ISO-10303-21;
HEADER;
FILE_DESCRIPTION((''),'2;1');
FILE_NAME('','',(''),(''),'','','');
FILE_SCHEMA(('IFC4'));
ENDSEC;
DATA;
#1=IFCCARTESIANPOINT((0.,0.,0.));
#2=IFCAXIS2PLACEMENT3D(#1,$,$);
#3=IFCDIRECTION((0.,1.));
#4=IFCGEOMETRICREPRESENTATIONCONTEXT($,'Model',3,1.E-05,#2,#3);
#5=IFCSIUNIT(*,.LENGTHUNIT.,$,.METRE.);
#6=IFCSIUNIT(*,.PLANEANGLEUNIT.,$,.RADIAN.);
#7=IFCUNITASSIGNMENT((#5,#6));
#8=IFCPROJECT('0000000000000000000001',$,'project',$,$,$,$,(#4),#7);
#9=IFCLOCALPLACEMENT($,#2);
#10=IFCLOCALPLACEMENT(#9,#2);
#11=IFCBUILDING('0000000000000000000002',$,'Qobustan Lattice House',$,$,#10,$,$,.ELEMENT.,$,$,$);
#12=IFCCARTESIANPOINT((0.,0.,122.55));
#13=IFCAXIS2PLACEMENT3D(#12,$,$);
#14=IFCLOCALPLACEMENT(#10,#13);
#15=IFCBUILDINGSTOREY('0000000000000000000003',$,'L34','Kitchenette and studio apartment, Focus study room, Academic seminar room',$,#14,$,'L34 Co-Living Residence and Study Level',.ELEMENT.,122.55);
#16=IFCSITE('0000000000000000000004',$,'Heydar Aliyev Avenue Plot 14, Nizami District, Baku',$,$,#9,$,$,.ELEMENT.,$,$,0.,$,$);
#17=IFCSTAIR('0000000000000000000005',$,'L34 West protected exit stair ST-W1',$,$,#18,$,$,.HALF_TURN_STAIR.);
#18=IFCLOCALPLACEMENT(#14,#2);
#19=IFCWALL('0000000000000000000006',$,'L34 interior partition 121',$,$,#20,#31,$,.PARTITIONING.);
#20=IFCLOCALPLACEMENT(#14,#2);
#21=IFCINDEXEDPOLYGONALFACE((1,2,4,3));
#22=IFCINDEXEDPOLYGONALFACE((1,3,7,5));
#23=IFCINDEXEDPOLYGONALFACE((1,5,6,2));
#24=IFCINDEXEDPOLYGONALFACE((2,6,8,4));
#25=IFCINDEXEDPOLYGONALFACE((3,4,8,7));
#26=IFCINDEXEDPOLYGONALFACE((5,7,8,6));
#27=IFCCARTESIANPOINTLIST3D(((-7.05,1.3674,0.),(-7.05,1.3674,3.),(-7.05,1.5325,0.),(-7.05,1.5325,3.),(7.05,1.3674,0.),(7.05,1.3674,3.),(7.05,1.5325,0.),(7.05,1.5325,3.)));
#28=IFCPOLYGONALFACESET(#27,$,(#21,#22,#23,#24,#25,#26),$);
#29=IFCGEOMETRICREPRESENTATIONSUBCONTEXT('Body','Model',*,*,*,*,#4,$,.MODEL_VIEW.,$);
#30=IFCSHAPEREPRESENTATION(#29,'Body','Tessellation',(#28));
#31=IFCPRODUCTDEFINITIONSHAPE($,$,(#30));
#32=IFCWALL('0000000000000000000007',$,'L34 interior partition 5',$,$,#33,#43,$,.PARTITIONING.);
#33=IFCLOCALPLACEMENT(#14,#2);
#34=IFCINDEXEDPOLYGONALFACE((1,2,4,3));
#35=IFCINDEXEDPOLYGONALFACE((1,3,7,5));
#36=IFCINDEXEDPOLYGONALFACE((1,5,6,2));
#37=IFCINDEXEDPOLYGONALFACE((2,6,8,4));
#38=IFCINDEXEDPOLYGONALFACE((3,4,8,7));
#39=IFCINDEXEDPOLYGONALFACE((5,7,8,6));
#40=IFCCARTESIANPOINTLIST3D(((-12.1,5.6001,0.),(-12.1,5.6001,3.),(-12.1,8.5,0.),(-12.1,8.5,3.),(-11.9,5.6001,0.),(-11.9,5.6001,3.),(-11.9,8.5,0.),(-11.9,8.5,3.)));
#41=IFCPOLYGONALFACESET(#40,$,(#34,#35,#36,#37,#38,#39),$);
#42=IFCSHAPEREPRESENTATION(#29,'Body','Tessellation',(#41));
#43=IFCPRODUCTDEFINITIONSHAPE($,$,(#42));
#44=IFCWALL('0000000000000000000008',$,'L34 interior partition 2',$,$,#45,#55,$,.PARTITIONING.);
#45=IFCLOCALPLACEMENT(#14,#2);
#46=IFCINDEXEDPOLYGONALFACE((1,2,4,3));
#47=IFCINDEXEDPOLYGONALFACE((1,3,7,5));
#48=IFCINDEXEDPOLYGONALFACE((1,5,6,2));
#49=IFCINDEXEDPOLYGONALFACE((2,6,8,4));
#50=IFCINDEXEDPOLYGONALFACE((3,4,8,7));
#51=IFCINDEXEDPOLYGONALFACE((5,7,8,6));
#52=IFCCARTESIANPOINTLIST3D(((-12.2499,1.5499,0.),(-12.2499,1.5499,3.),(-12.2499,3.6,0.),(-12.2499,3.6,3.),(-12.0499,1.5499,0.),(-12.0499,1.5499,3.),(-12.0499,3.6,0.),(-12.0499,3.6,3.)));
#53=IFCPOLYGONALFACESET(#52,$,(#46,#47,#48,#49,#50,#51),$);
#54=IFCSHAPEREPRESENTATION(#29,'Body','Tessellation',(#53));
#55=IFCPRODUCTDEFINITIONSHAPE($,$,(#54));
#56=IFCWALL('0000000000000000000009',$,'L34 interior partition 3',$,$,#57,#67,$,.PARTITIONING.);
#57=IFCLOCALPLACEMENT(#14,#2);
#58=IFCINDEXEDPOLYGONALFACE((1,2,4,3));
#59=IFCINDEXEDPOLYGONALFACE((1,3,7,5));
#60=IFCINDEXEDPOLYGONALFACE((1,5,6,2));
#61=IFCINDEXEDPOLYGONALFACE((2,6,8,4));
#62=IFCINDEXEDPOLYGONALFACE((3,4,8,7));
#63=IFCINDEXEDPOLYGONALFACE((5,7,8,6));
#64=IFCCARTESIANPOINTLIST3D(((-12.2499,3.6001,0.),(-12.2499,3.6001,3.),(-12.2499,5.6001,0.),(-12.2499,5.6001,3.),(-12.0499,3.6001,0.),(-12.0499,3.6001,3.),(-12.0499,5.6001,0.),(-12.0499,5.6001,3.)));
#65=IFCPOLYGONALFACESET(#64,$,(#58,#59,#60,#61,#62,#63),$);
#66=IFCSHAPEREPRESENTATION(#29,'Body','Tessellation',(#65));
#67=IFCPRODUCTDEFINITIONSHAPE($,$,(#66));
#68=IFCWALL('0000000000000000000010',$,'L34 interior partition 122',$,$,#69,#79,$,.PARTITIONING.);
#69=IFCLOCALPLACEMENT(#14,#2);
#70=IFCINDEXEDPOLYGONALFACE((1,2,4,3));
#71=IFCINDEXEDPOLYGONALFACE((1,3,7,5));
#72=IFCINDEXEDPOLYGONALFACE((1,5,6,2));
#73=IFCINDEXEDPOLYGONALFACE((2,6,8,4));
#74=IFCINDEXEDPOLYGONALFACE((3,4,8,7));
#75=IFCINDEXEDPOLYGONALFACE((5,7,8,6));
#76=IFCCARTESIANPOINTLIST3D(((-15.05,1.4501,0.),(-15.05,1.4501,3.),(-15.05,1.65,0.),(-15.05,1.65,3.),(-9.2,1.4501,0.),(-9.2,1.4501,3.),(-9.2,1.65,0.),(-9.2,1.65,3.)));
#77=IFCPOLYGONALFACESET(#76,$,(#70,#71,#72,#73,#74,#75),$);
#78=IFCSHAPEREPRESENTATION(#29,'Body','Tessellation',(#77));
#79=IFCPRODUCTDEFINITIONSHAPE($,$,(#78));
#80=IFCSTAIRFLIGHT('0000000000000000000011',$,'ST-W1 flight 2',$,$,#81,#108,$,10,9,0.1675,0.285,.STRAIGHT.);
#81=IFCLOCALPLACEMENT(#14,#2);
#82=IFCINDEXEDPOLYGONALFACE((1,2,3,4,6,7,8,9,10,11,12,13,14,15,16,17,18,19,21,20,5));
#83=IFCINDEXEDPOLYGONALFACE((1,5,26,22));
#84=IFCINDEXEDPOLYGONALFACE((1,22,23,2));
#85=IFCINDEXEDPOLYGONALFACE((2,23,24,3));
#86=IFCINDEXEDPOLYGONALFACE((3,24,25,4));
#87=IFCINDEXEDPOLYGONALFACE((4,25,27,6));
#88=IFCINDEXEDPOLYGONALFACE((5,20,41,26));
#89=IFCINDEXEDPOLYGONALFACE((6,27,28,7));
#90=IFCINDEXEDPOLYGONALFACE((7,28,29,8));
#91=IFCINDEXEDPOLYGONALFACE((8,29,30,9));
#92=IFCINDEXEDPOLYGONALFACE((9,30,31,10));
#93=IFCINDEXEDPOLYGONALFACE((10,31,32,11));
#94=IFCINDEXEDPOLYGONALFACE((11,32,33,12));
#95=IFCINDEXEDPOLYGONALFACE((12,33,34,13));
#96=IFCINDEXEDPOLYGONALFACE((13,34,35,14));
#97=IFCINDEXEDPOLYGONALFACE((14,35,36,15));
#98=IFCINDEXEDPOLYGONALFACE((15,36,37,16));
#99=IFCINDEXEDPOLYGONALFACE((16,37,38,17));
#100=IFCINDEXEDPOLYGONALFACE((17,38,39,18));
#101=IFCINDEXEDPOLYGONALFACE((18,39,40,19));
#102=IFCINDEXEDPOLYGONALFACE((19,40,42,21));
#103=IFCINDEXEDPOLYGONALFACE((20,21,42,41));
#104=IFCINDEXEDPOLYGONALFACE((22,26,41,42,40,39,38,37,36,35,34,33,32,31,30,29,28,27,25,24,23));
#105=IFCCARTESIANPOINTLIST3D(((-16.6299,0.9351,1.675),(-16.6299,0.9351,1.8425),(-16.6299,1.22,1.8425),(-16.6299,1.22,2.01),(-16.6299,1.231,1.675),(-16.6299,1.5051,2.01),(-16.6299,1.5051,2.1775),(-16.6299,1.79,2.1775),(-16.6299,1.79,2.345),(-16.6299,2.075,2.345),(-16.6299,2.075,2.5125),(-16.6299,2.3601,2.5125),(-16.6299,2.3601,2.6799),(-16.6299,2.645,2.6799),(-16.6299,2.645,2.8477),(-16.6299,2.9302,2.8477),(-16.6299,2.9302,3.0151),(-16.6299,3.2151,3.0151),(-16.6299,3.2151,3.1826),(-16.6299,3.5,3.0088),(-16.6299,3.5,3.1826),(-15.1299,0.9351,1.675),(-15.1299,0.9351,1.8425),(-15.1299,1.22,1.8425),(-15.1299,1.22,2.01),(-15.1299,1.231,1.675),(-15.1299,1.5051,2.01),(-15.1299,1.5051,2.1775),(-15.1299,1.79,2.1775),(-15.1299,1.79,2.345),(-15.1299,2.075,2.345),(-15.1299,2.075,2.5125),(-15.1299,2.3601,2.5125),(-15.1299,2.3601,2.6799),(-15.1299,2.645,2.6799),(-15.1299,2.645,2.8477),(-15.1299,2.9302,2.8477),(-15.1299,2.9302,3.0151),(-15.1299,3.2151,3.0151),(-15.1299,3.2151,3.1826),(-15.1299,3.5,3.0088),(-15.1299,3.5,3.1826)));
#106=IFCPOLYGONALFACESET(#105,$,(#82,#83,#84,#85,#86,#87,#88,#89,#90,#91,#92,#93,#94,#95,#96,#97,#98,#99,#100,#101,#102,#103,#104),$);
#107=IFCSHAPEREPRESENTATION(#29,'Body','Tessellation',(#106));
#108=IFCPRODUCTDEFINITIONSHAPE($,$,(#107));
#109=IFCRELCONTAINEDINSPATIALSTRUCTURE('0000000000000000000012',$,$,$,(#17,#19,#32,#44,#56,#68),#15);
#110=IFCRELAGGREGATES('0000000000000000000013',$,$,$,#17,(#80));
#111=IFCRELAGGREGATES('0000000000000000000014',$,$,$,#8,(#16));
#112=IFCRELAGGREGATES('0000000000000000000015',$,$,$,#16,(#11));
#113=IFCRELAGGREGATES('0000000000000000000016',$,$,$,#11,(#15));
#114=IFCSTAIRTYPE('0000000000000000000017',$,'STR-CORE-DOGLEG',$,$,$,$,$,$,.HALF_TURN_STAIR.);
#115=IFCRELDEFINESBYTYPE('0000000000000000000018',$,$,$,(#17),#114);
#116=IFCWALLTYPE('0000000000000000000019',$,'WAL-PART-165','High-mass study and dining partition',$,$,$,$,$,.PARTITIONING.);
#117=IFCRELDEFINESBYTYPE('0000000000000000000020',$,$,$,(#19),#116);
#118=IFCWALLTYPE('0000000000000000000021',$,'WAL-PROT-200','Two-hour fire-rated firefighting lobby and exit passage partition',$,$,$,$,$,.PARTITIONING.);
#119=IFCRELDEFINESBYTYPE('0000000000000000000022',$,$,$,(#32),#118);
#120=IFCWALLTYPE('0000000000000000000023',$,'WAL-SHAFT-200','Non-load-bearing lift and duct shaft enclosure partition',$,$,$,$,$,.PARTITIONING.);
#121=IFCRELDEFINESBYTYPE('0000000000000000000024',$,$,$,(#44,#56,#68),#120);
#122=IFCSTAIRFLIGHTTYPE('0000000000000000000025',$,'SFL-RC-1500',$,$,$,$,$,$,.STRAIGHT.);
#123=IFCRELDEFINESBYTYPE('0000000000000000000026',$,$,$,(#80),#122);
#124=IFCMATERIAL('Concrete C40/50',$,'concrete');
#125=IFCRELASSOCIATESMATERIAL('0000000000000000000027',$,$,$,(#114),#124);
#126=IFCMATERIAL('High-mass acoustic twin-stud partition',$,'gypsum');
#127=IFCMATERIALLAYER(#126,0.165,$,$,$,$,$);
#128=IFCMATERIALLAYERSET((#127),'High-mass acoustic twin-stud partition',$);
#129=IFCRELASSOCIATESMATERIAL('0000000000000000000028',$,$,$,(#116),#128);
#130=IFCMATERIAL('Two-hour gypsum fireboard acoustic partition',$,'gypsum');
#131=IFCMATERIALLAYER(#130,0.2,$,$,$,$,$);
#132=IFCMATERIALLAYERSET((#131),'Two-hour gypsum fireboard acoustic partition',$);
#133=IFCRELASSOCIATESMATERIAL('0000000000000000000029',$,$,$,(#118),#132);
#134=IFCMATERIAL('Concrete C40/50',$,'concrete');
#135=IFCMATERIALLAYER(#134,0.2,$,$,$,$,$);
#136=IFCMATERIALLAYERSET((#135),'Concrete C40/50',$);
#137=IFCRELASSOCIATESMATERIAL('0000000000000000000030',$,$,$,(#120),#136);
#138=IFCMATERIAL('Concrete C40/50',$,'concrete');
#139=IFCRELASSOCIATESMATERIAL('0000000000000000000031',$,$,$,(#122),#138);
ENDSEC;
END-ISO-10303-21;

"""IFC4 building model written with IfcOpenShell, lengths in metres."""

from ifc_helpers import new_model, si_unit, direction, frame, frame_2d, origin, place, context, subcontext, project, spatial, polyline, rectangle, outline, extrude, material, layer, layer_set, type_object, element, aggregate, save


model = new_model("IFC4")

# Units and contexts
model_context = context("Model", 3, precision=1e-05, world=origin(), true_north=direction((0.0, 1.0)))
body_context = subcontext(model_context, "Body", "Model", "MODEL_VIEW")
ifc_project = project(units=[si_unit("LENGTHUNIT", "METRE"), si_unit("PLANEANGLEUNIT", "RADIAN")], contexts=[model_context])

# Site, building, storey
site_placement = place(None, origin())
site = spatial("IfcSite", under=ifc_project, at=site_placement, Name="Heydar Aliyev Avenue Plot 14, Nizami District, Baku", CompositionType="ELEMENT", RefElevation=0.0)
building_placement = place(site_placement, origin())
building = spatial("IfcBuilding", under=site, at=building_placement, Name="Qobustan Lattice House", CompositionType="ELEMENT")
storey_placement = place(building_placement, frame((0.0, 0.0, 122.55)))
storey = spatial("IfcBuildingStorey", under=building, at=storey_placement, Name="L34", Description="Kitchenette and studio apartment, Focus study room, Academic seminar room", LongName="L34 Co-Living Residence and Study Level", CompositionType="ELEMENT", Elevation=122.55)

# Stair
ifc_material_1 = material(Name="Concrete C40/50", Category="concrete")
stair_type = type_object("IfcStairType", Name="STR-CORE-DOGLEG", PredefinedType="HALF_TURN_STAIR", material=ifc_material_1)
stair_placement = place(storey_placement, origin())
stair = element("IfcStair", 1, at=stair_placement, inside=storey, type_object=stair_type, Name="L34 West protected exit stair ST-W1", PredefinedType="HALF_TURN_STAIR")

# Walls
ifc_material_2 = material(Name="High-mass acoustic twin-stud partition", Category="gypsum")
ifc_layer_1 = layer(ifc_material_2, 0.165)
ifc_layer_set_1 = layer_set([ifc_layer_1], Name="High-mass acoustic twin-stud partition")
wall_type_1 = type_object("IfcWallType", Name="WAL-PART-165", Description="High-mass study and dining partition", PredefinedType="PARTITIONING", material=ifc_layer_set_1)
wall_1_placement = place(storey_placement, frame((-7.05, 1.45, 0.0), z_axis=(0.0, 0.0, 1.0), x_axis=(1.0, 0.0, 0.0)))
element("IfcWall", 2, at=wall_1_placement, inside=storey, type_object=wall_type_1, Name="L34 interior partition 121", PredefinedType="PARTITIONING", context=body_context, shape_type="SweptSolid", body=[
    extrude(rectangle(XDim=14.1001, YDim=0.165, at=frame_2d((7.05, 0.0))), origin(), (0.0, 0.0, 1.0), 3.0),
])
ifc_material_3 = material(Name="Two-hour gypsum fireboard acoustic partition", Category="gypsum")
ifc_layer_2 = layer(ifc_material_3, 0.2)
ifc_layer_set_2 = layer_set([ifc_layer_2], Name="Two-hour gypsum fireboard acoustic partition")
wall_type_2 = type_object("IfcWallType", Name="WAL-PROT-200", Description="Two-hour fire-rated firefighting lobby and exit passage partition", PredefinedType="PARTITIONING", material=ifc_layer_set_2)
wall_2_placement = place(storey_placement, frame((-12.0, 5.6001, 0.0), z_axis=(0.0, 0.0, 1.0), x_axis=(0.0, 1.0, 0.0)))
element("IfcWall", 3, at=wall_2_placement, inside=storey, type_object=wall_type_2, Name="L34 interior partition 5", PredefinedType="PARTITIONING", context=body_context, shape_type="SweptSolid", body=[
    extrude(rectangle(XDim=2.8999, YDim=0.2, at=frame_2d((1.45, 0.0))), origin(), (0.0, 0.0, 1.0), 3.0),
])
ifc_material_4 = material(Name="Concrete C40/50", Category="concrete")
ifc_layer_3 = layer(ifc_material_4, 0.2)
ifc_layer_set_3 = layer_set([ifc_layer_3], Name="Concrete C40/50")
wall_type_3 = type_object("IfcWallType", Name="WAL-SHAFT-200", Description="Non-load-bearing lift and duct shaft enclosure partition", PredefinedType="PARTITIONING", material=ifc_layer_set_3)
wall_3_placement = place(storey_placement, frame((-12.1499, 1.55, 0.0), z_axis=(0.0, 0.0, 1.0), x_axis=(0.0, 1.0, 0.0)))
element("IfcWall", 4, at=wall_3_placement, inside=storey, type_object=wall_type_3, Name="L34 interior partition 2", PredefinedType="PARTITIONING", context=body_context, shape_type="SweptSolid", body=[
    extrude(rectangle(XDim=2.05, YDim=0.2, at=frame_2d((1.0249, 0.0))), origin(), (0.0, 0.0, 1.0), 3.0),
])
wall_4_placement = place(storey_placement, frame((-12.1499, 3.6001, 0.0), z_axis=(0.0, 0.0, 1.0), x_axis=(0.0, 1.0, 0.0)))
element("IfcWall", 5, at=wall_4_placement, inside=storey, type_object=wall_type_3, Name="L34 interior partition 3", PredefinedType="PARTITIONING", context=body_context, shape_type="SweptSolid", body=[
    extrude(rectangle(XDim=2.0, YDim=0.2, at=frame_2d((1.0, 0.0))), origin(), (0.0, 0.0, 1.0), 3.0),
])
wall_5_placement = place(storey_placement, frame((-15.05, 1.55, 0.0), z_axis=(0.0, 0.0, 1.0), x_axis=(1.0, 0.0, 0.0)))
element("IfcWall", 6, at=wall_5_placement, inside=storey, type_object=wall_type_3, Name="L34 interior partition 122", PredefinedType="PARTITIONING", context=body_context, shape_type="SweptSolid", body=[
    extrude(rectangle(XDim=5.8501, YDim=0.2, at=frame_2d((2.925, 0.0))), origin(), (0.0, 0.0, 1.0), 3.0),
])

# Stair flight
ifc_material_5 = material(Name="Concrete C40/50", Category="concrete")
stair_flight_type = type_object("IfcStairFlightType", Name="SFL-RC-1500", PredefinedType="STRAIGHT", material=ifc_material_5)
stair_flight_placement = place(storey_placement, frame((-15.8799, 0.9351, 1.675), z_axis=(0.0, 0.0, 1.0), x_axis=(0.0, 1.0, 0.0)))
stair_flight = element("IfcStairFlight", 7, at=stair_flight_placement, type_object=stair_flight_type, Name="ST-W1 flight 2", NumberOfRisers=10, NumberOfTreads=9, PredefinedType="STRAIGHT", RiserHeight=0.1675, TreadLength=0.285, context=body_context, shape_type="SweptSolid", body=[
    extrude(outline(polyline([(0.0, 0.0), (0.0, 0.1675), (0.2849, 0.1675), (0.2849, 0.335), (0.5701, 0.335), (0.5701, 0.5024), (0.855, 0.5024), (0.855, 0.6699), (1.1399, 0.6699), (1.1399, 0.8374), (1.425, 0.8374), (1.425, 1.0049), (1.71, 1.0049), (1.71, 1.1726), (1.9951, 1.1726), (1.9951, 1.3401), (2.28, 1.3401), (2.28, 1.5076), (2.5649, 1.5076), (2.5649, 1.675), (2.5649, 1.3337), (0.2959, 0.0), (0.0, 0.0)])), frame((0.0, 0.75, 0.0), z_axis=(0.0, -1.0, 0.0), x_axis=(1.0, 0.0, 0.0)), (0.0, 0.0, 1.0), 1.5),
])
aggregate(stair, [stair_flight])

save(model, "model.ifc")
